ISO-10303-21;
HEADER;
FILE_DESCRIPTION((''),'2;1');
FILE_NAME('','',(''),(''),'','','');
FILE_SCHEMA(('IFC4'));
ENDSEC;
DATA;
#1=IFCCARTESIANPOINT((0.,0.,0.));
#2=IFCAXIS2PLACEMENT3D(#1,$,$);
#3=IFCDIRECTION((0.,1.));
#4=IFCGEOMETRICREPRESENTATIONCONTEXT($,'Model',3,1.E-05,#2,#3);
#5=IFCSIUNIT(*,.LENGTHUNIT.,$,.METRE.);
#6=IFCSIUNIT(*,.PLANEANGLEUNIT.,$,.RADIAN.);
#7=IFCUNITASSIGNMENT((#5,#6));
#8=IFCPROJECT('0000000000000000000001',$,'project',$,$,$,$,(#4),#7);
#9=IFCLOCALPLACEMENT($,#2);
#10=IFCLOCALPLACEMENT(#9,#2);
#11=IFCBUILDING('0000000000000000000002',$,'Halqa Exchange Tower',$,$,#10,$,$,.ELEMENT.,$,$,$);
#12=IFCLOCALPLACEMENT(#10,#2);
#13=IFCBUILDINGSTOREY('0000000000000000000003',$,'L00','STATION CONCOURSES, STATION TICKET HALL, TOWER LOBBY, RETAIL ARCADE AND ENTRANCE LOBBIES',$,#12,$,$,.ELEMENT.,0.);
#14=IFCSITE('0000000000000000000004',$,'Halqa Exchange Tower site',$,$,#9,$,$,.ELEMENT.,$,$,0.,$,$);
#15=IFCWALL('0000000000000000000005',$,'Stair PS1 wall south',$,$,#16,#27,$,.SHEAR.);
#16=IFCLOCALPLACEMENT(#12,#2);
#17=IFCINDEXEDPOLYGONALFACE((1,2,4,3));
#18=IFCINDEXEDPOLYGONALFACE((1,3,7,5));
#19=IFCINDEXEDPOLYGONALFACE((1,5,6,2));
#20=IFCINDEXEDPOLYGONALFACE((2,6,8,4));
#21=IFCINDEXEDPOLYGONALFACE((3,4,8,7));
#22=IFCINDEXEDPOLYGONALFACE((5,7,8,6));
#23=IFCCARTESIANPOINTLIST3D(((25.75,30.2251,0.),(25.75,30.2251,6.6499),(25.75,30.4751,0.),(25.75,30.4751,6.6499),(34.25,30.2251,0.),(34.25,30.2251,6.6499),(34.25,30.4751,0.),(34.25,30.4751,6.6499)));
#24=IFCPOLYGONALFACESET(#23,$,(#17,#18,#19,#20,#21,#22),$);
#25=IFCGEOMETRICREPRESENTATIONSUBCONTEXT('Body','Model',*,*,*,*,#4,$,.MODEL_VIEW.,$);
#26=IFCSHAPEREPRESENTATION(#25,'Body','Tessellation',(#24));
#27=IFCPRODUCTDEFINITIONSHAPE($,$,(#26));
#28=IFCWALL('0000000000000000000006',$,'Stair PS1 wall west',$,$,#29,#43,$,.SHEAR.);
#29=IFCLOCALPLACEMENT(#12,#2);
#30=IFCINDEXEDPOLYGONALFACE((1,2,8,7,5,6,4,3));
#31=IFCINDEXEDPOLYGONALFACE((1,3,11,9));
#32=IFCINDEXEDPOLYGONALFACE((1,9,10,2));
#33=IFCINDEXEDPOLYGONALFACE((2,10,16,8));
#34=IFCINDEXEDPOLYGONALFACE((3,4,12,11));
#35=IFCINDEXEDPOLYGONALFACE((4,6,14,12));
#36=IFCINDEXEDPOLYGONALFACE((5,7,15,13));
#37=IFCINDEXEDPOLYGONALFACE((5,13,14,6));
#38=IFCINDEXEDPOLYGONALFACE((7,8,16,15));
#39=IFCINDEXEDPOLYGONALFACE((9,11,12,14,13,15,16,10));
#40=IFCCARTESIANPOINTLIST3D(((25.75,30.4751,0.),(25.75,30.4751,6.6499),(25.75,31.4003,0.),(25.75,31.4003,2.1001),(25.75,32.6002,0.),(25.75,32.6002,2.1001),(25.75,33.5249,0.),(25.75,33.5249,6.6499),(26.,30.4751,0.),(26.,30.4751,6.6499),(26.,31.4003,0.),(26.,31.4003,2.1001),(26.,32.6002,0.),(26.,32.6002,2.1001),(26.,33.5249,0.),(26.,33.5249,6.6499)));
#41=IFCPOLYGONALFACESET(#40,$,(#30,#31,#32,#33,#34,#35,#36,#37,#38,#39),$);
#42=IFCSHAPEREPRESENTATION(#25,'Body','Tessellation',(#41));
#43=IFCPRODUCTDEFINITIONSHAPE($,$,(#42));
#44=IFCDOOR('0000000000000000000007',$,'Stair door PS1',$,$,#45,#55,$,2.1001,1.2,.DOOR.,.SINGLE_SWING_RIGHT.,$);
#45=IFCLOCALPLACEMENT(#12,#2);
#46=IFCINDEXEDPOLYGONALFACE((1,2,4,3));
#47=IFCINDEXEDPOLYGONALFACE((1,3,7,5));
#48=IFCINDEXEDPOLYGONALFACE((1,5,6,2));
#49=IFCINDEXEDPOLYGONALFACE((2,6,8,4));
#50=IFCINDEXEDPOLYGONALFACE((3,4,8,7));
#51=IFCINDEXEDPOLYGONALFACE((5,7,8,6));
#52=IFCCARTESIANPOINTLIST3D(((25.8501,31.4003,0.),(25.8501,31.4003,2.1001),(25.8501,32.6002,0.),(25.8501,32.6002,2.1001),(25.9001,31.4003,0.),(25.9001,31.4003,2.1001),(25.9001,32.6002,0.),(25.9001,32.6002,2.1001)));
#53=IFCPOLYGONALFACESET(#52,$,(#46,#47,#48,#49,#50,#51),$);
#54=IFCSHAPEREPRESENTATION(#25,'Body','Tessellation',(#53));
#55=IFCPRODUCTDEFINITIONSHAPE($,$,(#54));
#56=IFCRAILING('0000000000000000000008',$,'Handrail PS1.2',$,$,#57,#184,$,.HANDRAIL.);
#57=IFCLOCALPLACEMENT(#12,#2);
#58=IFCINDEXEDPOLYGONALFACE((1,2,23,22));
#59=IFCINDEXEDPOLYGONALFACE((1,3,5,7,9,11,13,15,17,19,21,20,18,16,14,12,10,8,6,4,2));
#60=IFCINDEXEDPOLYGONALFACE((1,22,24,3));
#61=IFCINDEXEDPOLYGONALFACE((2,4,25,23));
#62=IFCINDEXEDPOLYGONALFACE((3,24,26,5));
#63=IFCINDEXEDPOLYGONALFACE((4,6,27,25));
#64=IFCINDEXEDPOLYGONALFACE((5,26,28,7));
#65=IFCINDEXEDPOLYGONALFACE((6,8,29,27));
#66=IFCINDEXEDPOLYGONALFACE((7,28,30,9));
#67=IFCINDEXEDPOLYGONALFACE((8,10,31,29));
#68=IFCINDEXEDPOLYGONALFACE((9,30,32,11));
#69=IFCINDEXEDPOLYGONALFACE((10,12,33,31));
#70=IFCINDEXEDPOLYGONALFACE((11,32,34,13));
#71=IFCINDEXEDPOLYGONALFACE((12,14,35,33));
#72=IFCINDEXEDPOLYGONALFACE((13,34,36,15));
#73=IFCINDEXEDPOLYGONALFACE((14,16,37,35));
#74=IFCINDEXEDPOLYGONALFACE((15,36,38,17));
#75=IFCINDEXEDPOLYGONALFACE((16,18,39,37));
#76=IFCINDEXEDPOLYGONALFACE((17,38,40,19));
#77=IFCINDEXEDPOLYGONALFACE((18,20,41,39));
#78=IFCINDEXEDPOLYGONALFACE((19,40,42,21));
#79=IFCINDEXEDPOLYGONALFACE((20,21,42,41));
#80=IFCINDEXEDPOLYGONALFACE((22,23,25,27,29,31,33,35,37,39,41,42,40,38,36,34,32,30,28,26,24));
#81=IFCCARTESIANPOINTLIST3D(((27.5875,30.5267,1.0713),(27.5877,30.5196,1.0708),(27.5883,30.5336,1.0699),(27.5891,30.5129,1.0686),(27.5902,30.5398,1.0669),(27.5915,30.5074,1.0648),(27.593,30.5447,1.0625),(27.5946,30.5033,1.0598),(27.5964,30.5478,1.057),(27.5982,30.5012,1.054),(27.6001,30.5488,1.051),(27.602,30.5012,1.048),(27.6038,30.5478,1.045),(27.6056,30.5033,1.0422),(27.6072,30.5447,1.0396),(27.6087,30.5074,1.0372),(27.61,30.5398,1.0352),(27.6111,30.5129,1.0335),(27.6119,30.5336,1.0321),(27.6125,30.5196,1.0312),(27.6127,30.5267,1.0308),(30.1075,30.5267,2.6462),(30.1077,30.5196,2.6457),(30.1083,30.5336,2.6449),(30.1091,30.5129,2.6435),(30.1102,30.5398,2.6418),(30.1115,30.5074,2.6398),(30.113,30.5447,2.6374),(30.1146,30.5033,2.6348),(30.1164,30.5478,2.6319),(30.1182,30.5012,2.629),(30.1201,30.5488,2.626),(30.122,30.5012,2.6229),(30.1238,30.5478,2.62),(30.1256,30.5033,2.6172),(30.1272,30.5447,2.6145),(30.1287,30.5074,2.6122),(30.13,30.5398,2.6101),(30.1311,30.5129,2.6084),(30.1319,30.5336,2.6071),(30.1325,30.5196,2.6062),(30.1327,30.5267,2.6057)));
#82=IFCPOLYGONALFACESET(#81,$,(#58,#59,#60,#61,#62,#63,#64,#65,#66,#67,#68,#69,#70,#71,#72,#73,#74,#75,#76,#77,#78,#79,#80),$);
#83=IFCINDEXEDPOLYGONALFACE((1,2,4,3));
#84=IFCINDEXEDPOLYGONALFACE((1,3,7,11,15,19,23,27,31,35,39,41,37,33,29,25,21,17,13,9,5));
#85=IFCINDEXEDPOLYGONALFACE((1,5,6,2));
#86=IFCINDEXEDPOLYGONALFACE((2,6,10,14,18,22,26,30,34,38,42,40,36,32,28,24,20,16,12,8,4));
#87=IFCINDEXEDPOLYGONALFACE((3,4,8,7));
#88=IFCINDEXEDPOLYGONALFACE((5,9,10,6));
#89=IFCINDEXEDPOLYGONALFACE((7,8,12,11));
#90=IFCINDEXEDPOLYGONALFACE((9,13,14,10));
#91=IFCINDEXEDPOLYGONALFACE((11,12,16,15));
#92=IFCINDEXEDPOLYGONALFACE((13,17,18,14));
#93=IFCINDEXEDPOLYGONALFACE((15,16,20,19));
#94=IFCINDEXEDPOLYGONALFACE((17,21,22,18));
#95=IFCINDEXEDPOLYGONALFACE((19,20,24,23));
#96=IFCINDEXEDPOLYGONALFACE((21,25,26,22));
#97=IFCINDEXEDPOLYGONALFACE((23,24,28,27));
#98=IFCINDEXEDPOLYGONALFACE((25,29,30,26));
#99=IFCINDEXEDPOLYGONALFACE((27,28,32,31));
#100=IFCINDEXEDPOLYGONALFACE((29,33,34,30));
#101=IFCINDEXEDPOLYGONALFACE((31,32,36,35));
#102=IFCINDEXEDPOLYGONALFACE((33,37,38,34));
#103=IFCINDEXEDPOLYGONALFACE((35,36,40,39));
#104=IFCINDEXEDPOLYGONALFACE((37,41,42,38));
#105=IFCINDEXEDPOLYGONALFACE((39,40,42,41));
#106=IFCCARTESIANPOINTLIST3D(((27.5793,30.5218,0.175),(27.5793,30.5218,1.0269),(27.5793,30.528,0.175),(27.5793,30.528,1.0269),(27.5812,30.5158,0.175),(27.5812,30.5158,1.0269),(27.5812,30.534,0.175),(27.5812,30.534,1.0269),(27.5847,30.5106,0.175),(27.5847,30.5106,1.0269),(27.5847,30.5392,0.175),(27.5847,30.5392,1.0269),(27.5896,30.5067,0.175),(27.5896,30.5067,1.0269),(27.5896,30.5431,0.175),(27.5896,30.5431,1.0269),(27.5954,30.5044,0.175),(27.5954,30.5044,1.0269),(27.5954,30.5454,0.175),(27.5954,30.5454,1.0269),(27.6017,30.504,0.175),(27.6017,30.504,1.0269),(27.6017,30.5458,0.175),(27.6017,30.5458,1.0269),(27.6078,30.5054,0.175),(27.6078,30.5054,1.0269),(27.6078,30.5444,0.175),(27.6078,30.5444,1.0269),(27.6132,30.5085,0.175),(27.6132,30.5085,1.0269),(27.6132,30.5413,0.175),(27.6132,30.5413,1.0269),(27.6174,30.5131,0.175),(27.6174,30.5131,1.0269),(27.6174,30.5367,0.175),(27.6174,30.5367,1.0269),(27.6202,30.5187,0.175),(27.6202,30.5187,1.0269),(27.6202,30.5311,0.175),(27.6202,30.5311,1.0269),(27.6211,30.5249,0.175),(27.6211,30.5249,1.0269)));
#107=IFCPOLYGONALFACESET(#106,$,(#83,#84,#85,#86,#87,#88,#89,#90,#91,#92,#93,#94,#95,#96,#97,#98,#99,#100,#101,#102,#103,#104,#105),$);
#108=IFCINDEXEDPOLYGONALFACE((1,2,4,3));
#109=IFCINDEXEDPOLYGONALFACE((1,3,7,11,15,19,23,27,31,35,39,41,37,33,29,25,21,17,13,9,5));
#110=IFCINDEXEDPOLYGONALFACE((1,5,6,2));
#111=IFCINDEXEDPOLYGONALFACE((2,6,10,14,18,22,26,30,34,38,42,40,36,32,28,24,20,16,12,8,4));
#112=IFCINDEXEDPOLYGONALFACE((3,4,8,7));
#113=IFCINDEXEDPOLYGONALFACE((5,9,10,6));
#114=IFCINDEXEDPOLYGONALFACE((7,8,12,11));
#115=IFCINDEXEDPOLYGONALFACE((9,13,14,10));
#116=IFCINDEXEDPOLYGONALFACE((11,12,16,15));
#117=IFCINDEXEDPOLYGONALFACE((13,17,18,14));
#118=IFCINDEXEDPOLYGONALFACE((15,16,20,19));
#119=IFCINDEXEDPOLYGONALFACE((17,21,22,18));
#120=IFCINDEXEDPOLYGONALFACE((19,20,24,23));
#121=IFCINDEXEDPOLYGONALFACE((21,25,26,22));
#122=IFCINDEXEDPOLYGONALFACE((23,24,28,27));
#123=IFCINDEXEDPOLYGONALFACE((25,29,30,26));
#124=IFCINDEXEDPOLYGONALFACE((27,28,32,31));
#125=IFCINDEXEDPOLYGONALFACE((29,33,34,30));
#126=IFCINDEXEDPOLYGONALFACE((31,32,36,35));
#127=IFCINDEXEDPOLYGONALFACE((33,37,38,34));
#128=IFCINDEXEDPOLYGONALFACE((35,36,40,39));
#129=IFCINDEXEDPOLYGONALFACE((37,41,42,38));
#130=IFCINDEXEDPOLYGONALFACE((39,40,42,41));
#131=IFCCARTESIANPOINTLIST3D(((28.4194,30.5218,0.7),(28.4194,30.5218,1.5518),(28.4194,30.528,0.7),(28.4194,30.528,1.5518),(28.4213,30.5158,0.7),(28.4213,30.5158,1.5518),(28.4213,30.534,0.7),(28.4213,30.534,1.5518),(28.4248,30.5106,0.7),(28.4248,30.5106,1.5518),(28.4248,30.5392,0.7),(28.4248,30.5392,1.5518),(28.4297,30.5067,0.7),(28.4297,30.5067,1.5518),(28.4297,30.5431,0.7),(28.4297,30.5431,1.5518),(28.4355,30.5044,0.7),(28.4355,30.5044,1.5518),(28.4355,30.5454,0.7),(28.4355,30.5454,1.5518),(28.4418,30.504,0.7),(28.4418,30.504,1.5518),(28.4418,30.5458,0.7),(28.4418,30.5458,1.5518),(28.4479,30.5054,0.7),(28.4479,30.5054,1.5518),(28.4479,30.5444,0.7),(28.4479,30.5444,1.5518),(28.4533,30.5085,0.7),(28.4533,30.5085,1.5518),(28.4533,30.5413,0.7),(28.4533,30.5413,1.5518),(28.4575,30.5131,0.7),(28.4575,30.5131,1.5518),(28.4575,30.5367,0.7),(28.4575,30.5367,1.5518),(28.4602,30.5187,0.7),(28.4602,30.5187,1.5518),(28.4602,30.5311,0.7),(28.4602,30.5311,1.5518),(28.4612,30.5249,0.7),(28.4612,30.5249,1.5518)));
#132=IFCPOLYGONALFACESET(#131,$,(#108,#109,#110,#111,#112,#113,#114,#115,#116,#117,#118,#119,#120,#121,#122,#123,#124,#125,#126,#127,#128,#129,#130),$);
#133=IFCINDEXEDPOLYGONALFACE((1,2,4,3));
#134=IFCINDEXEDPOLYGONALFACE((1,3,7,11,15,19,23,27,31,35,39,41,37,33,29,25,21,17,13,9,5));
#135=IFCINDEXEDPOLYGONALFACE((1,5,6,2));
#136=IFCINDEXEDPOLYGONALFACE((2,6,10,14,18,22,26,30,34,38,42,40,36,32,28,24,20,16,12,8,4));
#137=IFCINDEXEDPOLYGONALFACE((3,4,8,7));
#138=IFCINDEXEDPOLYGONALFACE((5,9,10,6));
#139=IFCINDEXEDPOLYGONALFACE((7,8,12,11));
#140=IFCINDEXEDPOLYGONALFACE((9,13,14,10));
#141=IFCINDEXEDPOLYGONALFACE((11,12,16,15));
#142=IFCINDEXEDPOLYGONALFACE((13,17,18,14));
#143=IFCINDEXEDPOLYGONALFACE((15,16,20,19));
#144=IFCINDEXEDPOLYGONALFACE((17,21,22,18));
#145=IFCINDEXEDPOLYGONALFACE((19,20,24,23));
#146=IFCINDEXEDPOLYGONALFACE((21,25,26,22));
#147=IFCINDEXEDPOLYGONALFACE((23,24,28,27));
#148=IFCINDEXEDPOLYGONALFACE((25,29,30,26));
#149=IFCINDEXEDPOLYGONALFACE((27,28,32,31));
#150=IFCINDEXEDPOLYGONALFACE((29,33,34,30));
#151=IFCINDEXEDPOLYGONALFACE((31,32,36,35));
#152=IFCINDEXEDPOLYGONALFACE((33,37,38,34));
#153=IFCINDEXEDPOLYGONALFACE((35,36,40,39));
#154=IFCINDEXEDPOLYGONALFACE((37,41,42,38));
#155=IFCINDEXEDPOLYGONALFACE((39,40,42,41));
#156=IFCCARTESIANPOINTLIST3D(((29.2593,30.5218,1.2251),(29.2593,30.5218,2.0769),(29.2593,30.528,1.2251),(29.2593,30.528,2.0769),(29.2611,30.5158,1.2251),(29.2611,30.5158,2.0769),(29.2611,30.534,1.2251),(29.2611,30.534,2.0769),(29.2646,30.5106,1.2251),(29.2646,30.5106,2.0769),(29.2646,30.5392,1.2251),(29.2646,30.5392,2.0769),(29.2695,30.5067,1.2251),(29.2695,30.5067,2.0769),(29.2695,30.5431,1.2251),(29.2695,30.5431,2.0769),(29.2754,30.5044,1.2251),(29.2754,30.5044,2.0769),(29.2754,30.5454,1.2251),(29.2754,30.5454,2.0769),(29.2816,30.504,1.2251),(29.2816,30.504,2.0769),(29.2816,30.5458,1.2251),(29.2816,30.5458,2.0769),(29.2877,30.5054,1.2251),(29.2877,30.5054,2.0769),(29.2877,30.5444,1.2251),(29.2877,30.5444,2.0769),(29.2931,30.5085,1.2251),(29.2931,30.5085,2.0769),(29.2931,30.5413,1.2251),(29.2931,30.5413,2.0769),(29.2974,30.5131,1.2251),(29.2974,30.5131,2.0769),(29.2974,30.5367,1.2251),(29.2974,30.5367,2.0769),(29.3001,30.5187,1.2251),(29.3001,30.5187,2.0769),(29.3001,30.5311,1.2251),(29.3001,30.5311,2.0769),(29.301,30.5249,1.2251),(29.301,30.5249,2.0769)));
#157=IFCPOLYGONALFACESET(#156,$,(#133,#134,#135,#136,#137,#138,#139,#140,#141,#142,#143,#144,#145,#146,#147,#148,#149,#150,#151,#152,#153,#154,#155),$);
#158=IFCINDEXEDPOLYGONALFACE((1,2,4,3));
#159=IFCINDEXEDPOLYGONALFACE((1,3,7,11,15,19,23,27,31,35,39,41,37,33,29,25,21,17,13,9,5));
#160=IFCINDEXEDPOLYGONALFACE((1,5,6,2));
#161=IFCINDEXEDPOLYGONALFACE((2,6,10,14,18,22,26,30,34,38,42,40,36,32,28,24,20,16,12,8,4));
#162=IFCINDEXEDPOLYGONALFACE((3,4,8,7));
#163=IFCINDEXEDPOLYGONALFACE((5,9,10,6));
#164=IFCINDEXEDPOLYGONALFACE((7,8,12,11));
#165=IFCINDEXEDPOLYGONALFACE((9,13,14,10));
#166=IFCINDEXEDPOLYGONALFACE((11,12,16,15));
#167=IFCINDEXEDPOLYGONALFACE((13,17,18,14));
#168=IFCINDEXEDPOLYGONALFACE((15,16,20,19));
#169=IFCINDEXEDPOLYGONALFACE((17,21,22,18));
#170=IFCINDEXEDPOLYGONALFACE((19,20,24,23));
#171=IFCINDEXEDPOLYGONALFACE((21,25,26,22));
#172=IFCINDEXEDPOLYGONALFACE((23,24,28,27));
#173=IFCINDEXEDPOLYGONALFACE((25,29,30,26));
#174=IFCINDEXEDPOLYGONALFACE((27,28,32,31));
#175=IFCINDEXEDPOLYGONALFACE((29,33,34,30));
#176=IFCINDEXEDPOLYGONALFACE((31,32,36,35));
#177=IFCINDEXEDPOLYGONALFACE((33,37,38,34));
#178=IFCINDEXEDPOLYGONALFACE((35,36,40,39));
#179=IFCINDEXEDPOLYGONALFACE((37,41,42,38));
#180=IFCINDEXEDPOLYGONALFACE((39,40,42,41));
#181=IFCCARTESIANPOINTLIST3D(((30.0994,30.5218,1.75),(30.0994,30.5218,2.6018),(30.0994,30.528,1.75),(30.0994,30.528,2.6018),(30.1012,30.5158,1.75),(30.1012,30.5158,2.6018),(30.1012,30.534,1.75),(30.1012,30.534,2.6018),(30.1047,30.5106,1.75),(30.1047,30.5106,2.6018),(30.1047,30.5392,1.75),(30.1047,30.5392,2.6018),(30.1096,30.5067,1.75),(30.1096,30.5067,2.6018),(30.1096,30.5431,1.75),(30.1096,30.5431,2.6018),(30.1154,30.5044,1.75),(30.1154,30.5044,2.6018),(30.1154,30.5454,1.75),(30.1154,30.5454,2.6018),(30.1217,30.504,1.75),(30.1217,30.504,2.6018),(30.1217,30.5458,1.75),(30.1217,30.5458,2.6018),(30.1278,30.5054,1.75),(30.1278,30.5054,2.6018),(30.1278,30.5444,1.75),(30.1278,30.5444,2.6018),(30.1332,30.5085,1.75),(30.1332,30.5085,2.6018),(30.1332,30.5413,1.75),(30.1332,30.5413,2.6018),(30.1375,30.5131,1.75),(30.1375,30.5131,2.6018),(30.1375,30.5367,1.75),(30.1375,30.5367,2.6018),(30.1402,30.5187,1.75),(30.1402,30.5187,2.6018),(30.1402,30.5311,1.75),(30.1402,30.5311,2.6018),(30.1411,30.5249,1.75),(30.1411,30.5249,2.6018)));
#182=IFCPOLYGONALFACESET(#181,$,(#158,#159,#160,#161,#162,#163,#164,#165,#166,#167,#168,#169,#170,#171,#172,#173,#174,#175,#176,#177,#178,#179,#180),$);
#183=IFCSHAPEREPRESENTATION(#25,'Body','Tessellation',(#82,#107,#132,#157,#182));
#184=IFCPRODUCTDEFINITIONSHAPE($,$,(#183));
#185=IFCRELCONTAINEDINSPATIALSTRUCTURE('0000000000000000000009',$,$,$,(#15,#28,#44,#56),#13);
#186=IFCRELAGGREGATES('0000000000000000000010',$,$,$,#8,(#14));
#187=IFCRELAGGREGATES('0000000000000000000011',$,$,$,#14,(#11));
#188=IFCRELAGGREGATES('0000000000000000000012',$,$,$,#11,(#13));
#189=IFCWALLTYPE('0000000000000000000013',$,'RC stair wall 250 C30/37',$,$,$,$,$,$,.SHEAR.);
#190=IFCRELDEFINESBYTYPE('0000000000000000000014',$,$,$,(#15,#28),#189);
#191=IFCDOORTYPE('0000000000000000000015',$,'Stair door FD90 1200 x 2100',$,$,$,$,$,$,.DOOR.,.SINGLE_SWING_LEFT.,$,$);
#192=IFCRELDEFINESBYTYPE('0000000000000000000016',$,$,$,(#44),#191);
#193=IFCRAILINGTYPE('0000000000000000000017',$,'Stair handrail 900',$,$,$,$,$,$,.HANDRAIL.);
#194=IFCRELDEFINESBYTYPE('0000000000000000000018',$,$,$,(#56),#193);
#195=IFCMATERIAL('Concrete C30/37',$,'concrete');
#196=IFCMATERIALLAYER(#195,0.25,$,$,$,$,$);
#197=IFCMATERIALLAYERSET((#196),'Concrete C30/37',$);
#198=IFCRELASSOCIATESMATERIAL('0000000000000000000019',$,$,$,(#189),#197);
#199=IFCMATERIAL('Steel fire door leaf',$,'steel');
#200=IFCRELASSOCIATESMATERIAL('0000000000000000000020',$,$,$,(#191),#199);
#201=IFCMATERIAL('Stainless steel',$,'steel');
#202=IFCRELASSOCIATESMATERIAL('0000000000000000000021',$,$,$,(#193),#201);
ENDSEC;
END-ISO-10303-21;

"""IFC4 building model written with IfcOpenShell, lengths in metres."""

from ifc_helpers import new_model, si_unit, direction, frame, frame_2d, origin, origin_2d, place, context, subcontext, project, spatial, rectangle, circle, extrude, material, layer, layer_set, type_object, element, fill, save


model = new_model("IFC4")

# Units and contexts
model_context = context("Model", 3, precision=1e-05, world=origin(), true_north=direction((0.0, 1.0)))
body_context = subcontext(model_context, "Body", "Model", "MODEL_VIEW")
ifc_project = project(units=[si_unit("LENGTHUNIT", "METRE"), si_unit("PLANEANGLEUNIT", "RADIAN")], contexts=[model_context])

# Site, building, storey
site_placement = place(None, origin())
site = spatial("IfcSite", under=ifc_project, at=site_placement, Name="Halqa Exchange Tower site", CompositionType="ELEMENT", RefElevation=0.0)
building_placement = place(site_placement, origin())
building = spatial("IfcBuilding", under=site, at=building_placement, Name="Halqa Exchange Tower", CompositionType="ELEMENT")
storey_placement = place(building_placement, origin())
storey = spatial("IfcBuildingStorey", under=building, at=storey_placement, Name="L00", Description="STATION CONCOURSES, STATION TICKET HALL, TOWER LOBBY, RETAIL ARCADE AND ENTRANCE LOBBIES", CompositionType="ELEMENT", Elevation=0.0)

# Shared definitions
ifc_material_1 = material(Name="Steel fire door leaf", Category="steel")

# Wall
ifc_material_2 = material(Name="Concrete C30/37", Category="concrete")
ifc_layer_1 = layer(ifc_material_2, 0.25)
ifc_layer_set_1 = layer_set([ifc_layer_1], Name="Concrete C30/37")
wall_type_1 = type_object("IfcWallType", Name="RC stair wall 250 C30/37", PredefinedType="SHEAR", material=ifc_layer_set_1)
for number, where, z_axis, x_axis, name in (
    (1, (25.75, 30.3501, 0.0), (0.0, 0.0, 1.0), (1.0, 0.0, 0.0), "Stair PS1 wall south"),
):
    element("IfcWall", number, at=place(storey_placement, frame(where, z_axis=z_axis, x_axis=x_axis)), inside=storey, type_object=wall_type_1, Name=name, PredefinedType="SHEAR", context=body_context, shape_type="SweptSolid", body=[
        extrude(rectangle(XDim=8.5, YDim=0.25, at=frame_2d((4.25, 0.0))), origin(), (0.0, 0.0, 1.0), 6.6499),
    ])

# Wall, opening, door
wall_1_placement = place(storey_placement, frame((25.875, 30.4751, 0.0), z_axis=(0.0, 0.0, 1.0), x_axis=(0.0, 1.0, 0.0)))
wall_1 = element("IfcWall", 2, at=wall_1_placement, inside=storey, type_object=wall_type_1, Name="Stair PS1 wall west", PredefinedType="SHEAR", context=body_context, shape_type="SweptSolid", body=[
    extrude(rectangle(XDim=3.0498, YDim=0.25, at=frame_2d((1.5249, 0.0))), origin(), (0.0, 0.0, 1.0), 6.6499),
])
opening_1_placement = place(wall_1_placement, frame((0.925, 0.0, 0.0)))
opening_1 = element("IfcOpeningElement", 3, at=opening_1_placement, cuts=wall_1, PredefinedType="OPENING", context=body_context, shape_type="SweptSolid", body=[
    extrude(rectangle(XDim=1.2, YDim=2.1001, at=frame_2d((0.6001, 1.05))), frame((0.0, 0.137, 0.0), z_axis=(0.0, -1.0, 0.0), x_axis=(1.0, 0.0, 0.0)), (0.0, 0.0, 1.0), 0.2739),
])
door_type_1 = type_object("IfcDoorType", Name="Stair door FD90 1200 x 2100", OperationType="SINGLE_SWING_LEFT", PredefinedType="DOOR", material=ifc_material_1)
door_1_placement = place(opening_1_placement, origin())
door_1 = element("IfcDoor", 4, at=door_1_placement, inside=storey, type_object=door_type_1, Name="Stair door PS1", OperationType="SINGLE_SWING_RIGHT", OverallHeight=2.1001, OverallWidth=1.2, PredefinedType="DOOR", context=body_context, shape_type="SweptSolid", body=[
    extrude(rectangle(XDim=1.2, YDim=2.1001, at=frame_2d((0.6001, 1.05))), frame((0.0, 0.0249, 0.0), z_axis=(0.0, -1.0, 0.0), x_axis=(1.0, 0.0, 0.0)), (0.0, 0.0, 1.0), 0.05),
])
fill(opening_1, door_1)

# Railing
ifc_material_3 = material(Name="Stainless steel", Category="steel")
railing_type = type_object("IfcRailingType", Name="Stair handrail 900", PredefinedType="HANDRAIL", material=ifc_material_3)
for number, where, name in (
    (5, (27.6001, 30.5249, 0.175), "Handrail PS1.2"),
):
    element("IfcRailing", number, at=place(storey_placement, frame(where)), inside=storey, type_object=railing_type, Name=name, PredefinedType="HANDRAIL", context=body_context, shape_type="SweptSolid", body=[
        extrude(circle(Radius=0.0239, at=origin_2d()), frame((0.0, 0.0, 0.876), z_axis=(0.848008, 0.0, 0.529984), x_axis=(0.0, 1.0, 0.0)), (0.0, 0.0, 1.0), 2.9717),
        extrude(circle(Radius=0.021, at=origin_2d()), origin(), (0.0, 0.0, 1.0), 0.8518),
        extrude(circle(Radius=0.021, at=origin_2d()), frame((0.8401, 0.0, 0.5249)), (0.0, 0.0, 1.0), 0.8518),
        extrude(circle(Radius=0.021, at=origin_2d()), frame((1.6799, 0.0, 1.05)), (0.0, 0.0, 1.0), 0.8518),
        extrude(circle(Radius=0.021, at=origin_2d()), frame((2.52, 0.0, 1.575)), (0.0, 0.0, 1.0), 0.8518),
    ])

save(model, "model.ifc")
